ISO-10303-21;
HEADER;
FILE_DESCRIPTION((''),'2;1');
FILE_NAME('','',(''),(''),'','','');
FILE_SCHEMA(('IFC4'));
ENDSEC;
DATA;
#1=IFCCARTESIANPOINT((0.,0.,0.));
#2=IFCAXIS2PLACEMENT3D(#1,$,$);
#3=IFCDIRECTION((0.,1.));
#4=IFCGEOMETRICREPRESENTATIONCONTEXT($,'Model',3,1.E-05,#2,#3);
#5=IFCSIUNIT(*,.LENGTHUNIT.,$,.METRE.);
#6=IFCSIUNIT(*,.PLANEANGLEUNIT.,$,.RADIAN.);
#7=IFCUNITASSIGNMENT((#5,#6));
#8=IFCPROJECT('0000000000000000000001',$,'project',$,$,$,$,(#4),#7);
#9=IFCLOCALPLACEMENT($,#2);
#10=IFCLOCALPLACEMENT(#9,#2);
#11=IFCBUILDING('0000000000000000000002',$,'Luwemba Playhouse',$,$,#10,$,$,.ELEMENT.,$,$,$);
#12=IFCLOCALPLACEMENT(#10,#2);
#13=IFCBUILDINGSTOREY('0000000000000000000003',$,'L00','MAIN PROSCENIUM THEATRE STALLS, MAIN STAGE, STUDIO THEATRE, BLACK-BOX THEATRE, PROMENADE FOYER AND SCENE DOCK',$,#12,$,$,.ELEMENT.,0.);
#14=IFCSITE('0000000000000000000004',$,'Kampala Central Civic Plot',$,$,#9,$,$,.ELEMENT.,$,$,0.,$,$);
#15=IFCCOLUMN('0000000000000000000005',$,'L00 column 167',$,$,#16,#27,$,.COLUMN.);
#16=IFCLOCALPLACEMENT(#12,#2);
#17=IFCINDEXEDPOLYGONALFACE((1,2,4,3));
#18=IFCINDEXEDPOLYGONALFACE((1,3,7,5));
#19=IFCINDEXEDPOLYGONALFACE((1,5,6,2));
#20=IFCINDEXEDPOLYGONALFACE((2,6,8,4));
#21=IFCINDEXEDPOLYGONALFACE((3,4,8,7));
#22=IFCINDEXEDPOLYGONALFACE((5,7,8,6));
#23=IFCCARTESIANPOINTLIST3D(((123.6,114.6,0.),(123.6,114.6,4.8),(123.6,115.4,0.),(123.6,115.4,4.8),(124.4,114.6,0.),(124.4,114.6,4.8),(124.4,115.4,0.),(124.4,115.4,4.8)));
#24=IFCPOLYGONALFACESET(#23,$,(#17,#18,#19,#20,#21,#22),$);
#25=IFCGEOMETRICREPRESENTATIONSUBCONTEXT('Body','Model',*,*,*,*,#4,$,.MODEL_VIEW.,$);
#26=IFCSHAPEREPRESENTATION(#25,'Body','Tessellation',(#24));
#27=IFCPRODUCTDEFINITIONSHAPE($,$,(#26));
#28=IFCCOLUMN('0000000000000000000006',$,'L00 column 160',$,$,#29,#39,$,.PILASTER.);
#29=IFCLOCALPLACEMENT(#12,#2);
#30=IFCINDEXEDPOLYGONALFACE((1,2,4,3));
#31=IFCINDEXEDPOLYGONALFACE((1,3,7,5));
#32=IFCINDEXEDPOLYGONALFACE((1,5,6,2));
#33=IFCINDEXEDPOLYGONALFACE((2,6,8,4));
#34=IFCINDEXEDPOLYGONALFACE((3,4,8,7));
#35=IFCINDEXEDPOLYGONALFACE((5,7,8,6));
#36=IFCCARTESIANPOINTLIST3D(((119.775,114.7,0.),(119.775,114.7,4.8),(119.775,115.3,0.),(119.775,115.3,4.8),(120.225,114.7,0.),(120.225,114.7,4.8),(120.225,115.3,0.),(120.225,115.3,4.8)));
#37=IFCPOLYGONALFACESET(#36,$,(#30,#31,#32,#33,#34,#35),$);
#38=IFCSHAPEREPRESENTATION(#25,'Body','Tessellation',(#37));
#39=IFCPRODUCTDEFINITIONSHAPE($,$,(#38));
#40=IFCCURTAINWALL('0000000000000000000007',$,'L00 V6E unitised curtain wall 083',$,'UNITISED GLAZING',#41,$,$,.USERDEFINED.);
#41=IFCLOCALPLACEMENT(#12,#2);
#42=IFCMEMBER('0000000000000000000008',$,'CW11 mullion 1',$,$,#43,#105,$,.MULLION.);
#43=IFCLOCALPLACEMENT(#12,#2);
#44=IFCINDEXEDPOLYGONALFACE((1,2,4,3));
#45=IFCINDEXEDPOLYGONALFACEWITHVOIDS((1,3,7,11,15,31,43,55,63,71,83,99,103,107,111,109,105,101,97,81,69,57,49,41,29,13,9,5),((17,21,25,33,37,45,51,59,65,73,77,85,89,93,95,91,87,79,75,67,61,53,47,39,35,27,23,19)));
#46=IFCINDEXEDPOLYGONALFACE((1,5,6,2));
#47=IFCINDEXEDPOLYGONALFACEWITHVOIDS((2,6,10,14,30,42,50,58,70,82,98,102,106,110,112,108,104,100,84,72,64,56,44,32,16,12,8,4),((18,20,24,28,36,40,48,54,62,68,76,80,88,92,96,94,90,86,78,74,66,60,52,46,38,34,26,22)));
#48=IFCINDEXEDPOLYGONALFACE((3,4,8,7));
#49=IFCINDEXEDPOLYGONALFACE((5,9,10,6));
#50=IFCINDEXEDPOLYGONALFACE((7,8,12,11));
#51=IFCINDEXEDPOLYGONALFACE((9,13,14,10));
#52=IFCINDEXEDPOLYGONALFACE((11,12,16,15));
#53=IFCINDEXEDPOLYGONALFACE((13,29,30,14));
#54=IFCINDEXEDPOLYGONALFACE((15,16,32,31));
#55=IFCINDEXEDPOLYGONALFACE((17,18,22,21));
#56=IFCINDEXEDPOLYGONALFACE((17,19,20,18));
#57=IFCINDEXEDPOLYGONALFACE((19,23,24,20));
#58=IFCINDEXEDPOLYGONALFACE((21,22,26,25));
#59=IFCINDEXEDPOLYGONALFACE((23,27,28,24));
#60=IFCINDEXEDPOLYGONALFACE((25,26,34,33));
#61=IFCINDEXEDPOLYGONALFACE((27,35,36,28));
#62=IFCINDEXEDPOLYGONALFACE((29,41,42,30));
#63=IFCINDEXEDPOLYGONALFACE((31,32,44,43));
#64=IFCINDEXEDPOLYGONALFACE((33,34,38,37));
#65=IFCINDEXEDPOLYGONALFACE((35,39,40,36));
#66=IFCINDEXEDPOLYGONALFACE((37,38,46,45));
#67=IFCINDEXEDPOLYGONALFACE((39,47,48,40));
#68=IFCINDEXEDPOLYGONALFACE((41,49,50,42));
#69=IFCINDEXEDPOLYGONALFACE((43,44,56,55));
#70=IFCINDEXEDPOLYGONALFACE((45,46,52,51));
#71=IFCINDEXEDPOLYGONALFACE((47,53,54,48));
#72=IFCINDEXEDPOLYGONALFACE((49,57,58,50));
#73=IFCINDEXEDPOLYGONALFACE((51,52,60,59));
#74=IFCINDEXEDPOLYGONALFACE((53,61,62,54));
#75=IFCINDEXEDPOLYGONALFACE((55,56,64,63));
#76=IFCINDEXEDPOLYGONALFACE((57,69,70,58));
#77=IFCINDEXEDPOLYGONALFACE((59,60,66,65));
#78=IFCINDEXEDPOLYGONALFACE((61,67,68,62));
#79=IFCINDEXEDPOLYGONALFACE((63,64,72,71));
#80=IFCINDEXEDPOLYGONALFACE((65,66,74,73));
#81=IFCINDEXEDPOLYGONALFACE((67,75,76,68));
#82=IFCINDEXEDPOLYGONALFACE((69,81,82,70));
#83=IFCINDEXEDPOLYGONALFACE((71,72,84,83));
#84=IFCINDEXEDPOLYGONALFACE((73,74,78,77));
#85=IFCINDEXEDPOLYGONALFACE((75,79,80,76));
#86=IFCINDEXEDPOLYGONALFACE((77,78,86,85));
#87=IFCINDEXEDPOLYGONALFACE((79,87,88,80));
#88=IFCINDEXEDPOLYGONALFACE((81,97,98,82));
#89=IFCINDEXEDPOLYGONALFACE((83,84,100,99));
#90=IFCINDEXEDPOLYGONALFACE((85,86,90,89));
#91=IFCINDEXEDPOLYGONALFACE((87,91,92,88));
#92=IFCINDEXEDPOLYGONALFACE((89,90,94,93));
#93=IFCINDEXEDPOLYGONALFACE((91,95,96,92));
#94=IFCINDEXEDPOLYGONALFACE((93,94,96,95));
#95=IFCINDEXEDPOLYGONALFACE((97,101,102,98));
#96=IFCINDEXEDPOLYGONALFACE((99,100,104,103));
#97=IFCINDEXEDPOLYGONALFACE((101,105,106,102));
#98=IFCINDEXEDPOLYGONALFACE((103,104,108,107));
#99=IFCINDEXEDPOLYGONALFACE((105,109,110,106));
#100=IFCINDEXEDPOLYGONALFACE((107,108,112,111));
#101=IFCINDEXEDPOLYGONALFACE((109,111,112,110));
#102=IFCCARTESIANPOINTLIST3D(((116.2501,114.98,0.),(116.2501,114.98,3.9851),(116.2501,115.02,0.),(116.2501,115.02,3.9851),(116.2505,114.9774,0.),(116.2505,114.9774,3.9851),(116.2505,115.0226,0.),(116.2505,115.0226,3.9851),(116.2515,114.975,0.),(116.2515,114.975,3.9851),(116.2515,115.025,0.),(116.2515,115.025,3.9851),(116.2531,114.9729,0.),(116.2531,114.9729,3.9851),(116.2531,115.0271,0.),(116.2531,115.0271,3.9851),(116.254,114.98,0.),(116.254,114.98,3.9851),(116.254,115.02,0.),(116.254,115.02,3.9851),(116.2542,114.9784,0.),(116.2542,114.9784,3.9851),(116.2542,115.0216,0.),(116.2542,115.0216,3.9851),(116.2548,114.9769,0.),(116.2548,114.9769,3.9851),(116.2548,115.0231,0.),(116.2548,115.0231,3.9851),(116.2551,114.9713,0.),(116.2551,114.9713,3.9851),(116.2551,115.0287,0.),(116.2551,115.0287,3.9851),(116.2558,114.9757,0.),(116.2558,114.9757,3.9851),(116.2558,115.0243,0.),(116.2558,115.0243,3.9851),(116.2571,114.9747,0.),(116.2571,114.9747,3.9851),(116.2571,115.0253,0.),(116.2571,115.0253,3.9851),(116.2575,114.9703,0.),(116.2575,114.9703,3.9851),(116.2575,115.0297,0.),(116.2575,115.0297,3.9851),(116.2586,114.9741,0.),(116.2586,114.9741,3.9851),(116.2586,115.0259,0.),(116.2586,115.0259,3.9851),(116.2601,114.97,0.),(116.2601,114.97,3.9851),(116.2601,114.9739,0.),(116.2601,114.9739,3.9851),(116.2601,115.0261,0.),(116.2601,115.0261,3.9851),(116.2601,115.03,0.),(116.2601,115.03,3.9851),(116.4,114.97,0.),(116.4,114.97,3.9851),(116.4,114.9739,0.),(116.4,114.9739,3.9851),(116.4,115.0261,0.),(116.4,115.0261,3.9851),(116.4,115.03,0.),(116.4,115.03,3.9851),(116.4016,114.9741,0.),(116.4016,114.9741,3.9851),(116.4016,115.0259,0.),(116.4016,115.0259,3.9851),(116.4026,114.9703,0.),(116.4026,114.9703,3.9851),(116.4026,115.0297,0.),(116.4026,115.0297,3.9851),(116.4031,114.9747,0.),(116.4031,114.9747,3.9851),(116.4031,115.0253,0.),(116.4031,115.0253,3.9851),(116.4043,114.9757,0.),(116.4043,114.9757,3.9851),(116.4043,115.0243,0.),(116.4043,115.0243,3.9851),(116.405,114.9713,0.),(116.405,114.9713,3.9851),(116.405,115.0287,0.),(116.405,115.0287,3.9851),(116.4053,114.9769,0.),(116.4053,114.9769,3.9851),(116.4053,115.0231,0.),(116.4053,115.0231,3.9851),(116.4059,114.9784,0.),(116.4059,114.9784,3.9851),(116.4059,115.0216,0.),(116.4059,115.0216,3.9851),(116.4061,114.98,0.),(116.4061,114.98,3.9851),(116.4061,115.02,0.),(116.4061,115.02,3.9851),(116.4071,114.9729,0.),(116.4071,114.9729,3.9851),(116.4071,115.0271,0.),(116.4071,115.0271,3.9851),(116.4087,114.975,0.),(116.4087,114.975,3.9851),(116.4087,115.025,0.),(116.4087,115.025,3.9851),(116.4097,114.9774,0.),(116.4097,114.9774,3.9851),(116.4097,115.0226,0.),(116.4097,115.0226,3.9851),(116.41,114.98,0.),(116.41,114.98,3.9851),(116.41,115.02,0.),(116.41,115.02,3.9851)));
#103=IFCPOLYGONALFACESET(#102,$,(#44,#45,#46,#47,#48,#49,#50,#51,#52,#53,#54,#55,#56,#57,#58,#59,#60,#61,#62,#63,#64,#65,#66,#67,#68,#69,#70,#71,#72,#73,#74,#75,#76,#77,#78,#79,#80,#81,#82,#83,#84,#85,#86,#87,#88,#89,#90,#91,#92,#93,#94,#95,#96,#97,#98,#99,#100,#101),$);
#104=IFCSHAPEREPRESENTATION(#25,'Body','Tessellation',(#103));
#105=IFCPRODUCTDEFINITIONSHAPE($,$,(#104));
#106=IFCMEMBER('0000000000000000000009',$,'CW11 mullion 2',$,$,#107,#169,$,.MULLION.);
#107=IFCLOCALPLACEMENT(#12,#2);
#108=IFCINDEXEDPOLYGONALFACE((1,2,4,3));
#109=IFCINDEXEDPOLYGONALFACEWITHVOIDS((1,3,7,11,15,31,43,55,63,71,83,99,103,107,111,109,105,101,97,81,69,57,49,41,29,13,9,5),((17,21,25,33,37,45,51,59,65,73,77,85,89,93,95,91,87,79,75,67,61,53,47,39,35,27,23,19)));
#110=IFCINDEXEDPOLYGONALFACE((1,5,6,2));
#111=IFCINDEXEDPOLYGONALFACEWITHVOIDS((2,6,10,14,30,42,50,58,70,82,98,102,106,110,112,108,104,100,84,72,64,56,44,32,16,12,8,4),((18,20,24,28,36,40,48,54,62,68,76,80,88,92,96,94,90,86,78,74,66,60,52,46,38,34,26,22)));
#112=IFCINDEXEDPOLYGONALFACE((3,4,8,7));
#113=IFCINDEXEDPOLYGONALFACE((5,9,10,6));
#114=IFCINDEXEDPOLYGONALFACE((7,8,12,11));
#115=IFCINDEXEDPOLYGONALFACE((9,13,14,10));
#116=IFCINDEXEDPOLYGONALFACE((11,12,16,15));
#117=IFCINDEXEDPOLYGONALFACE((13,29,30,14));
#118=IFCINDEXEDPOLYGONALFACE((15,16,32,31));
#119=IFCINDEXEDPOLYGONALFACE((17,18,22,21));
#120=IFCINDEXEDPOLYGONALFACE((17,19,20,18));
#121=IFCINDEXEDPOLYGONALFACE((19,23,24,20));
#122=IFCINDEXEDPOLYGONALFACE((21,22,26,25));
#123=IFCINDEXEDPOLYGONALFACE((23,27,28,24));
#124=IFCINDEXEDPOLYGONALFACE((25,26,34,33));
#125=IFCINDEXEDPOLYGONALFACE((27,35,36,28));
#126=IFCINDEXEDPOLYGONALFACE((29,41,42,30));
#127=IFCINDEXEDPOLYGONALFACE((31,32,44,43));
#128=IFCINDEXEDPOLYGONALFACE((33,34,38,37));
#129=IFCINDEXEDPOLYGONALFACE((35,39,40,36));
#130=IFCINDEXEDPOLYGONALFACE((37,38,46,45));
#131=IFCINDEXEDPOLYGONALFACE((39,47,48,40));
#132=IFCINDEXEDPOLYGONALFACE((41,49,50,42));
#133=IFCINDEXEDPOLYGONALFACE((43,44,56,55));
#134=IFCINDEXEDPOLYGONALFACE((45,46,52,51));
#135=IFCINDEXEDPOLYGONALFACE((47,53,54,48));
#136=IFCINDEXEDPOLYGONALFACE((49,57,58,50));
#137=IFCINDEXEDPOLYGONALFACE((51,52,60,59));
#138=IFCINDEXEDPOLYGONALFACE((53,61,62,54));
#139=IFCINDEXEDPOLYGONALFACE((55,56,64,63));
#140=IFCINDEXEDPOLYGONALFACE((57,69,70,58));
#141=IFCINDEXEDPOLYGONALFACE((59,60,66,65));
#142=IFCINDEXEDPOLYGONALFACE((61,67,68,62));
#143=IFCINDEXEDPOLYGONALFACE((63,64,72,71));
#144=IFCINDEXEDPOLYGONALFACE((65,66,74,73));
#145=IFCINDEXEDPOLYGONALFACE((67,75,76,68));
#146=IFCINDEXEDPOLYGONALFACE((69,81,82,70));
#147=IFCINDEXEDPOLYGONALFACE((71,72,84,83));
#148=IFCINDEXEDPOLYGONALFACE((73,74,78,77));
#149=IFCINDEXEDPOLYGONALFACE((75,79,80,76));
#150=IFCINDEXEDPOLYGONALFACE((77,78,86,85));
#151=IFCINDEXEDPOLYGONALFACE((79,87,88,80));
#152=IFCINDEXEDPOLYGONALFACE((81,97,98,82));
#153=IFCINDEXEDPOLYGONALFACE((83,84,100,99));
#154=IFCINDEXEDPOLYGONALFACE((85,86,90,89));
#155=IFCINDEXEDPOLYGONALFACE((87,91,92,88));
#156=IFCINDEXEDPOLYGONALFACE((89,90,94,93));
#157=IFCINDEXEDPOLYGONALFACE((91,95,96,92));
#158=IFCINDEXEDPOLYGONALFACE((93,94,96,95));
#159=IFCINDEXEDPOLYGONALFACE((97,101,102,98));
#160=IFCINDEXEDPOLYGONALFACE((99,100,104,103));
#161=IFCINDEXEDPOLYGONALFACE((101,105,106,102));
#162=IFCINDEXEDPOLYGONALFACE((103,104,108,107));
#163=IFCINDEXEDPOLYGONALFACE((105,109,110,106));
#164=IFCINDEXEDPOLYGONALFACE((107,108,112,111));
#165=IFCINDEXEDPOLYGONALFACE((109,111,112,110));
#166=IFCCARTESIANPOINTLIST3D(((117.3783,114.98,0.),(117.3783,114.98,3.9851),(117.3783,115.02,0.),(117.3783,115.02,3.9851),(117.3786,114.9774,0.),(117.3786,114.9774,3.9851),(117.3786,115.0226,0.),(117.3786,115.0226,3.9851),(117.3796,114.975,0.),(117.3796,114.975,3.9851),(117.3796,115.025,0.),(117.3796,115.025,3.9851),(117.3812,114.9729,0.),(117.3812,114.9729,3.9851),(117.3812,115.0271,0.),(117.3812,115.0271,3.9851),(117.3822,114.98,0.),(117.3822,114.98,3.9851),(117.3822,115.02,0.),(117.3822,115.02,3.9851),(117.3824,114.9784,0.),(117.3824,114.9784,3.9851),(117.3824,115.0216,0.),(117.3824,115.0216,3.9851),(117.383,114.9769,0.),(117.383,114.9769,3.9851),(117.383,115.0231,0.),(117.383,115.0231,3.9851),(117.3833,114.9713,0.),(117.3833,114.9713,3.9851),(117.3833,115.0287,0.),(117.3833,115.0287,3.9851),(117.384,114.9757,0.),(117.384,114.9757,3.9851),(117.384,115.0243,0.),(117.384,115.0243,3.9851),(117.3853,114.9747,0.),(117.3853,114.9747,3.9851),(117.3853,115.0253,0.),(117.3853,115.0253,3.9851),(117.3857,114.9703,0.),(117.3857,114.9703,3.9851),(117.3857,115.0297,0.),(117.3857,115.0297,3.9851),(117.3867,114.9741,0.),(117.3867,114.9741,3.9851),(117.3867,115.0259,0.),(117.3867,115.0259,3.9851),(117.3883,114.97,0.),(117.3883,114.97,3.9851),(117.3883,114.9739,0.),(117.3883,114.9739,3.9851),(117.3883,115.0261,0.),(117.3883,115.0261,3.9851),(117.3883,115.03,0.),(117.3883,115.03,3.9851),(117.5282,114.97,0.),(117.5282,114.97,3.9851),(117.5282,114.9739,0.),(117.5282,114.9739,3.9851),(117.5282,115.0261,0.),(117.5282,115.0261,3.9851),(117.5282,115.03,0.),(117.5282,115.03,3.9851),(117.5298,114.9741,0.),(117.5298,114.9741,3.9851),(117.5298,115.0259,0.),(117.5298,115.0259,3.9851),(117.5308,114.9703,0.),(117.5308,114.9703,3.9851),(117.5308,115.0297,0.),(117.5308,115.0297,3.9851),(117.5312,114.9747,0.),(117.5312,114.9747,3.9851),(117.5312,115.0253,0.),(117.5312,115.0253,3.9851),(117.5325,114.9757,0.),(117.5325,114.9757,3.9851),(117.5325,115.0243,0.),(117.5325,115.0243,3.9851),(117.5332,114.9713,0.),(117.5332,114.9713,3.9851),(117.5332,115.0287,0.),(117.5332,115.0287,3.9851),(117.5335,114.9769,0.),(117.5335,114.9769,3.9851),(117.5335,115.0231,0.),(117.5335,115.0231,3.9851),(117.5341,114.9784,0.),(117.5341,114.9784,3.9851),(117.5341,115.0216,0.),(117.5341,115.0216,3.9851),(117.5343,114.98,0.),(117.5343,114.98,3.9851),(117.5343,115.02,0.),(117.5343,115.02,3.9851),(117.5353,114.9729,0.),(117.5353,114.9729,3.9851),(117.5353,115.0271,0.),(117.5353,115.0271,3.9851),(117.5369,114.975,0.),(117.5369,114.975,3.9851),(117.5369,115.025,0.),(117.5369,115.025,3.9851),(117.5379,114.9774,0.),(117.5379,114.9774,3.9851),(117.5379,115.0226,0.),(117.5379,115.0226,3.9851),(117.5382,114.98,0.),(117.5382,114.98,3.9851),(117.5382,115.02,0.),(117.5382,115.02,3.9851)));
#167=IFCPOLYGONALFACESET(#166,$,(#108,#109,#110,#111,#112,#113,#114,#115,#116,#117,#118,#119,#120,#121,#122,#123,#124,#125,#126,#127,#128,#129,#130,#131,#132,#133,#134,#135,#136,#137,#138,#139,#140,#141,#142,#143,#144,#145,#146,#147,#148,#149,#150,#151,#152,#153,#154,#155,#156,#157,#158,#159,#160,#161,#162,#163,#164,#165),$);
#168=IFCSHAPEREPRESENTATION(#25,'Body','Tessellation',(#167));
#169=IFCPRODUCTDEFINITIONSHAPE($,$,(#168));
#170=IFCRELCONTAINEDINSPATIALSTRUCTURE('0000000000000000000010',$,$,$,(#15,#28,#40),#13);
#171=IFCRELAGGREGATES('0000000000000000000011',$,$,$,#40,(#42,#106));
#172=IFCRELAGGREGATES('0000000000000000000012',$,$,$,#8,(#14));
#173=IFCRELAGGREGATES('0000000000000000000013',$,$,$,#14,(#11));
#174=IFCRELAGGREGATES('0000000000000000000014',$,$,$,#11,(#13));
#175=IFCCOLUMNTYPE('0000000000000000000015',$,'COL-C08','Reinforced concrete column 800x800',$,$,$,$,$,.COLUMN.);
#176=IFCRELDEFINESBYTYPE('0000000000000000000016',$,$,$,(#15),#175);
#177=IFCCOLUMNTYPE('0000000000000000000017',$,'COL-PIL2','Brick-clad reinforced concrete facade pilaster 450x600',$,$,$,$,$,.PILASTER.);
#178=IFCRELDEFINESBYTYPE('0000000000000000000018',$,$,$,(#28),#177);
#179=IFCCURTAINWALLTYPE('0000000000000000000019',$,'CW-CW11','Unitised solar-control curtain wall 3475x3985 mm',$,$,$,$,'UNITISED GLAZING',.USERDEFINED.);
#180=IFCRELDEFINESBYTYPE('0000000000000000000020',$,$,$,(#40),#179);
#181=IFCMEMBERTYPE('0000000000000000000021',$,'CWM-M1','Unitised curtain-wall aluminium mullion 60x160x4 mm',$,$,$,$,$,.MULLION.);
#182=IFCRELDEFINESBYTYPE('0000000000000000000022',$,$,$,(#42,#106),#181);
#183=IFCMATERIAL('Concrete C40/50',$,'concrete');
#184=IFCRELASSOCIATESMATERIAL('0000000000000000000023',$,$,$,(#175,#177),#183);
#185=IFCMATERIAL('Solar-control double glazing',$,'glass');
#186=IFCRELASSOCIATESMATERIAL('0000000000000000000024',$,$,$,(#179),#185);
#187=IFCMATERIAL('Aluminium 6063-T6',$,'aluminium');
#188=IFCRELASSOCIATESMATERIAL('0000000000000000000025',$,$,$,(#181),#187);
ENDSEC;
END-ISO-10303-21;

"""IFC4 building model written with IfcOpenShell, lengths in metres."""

from ifc_helpers import new_model, si_unit, direction, frame, origin, origin_2d, place, context, subcontext, project, spatial, rectangle, hollow_rectangle, extrude, material, material_profile, profile_set, type_object, element, aggregate, save


model = new_model("IFC4")

# Units and contexts
model_context = context("Model", 3, precision=1e-05, world=origin(), true_north=direction((0.0, 1.0)))
body_context = subcontext(model_context, "Body", "Model", "MODEL_VIEW")
ifc_project = project(units=[si_unit("LENGTHUNIT", "METRE"), si_unit("PLANEANGLEUNIT", "RADIAN")], contexts=[model_context])

# Site, building, storey
site_placement = place(None, origin())
site = spatial("IfcSite", under=ifc_project, at=site_placement, Name="Kampala Central Civic Plot", CompositionType="ELEMENT", RefElevation=0.0)
building_placement = place(site_placement, origin())
building = spatial("IfcBuilding", under=site, at=building_placement, Name="Luwemba Playhouse", CompositionType="ELEMENT")
storey_placement = place(building_placement, origin())
storey = spatial("IfcBuildingStorey", under=building, at=storey_placement, Name="L00", Description="MAIN PROSCENIUM THEATRE STALLS, MAIN STAGE, STUDIO THEATRE, BLACK-BOX THEATRE, PROMENADE FOYER AND SCENE DOCK", CompositionType="ELEMENT", Elevation=0.0)

# Columns
ifc_material_1 = material(Name="Concrete C40/50", Category="concrete")
ifc_material_profile_1 = material_profile(ifc_material_1, rectangle(XDim=0.8, YDim=0.8, at=origin_2d()))
ifc_profile_set_1 = profile_set([ifc_material_profile_1], Name="Concrete C40/50")
column_type_1 = type_object("IfcColumnType", Name="COL-C08", Description="Reinforced concrete column 800x800", PredefinedType="COLUMN", material=ifc_profile_set_1)
column_1_placement = place(storey_placement, frame((124.0, 115.0, 0.0), z_axis=(0.0, 0.0, 1.0), x_axis=(1.0, 0.0, 0.0)))
element("IfcColumn", 1, at=column_1_placement, inside=storey, type_object=column_type_1, Name="L00 column 167", PredefinedType="COLUMN", context=body_context, shape_type="SweptSolid", body=[
    extrude(rectangle(XDim=0.8, YDim=0.8, at=origin_2d()), origin(), (0.0, 0.0, 1.0), 4.8),
])
ifc_material_profile_2 = material_profile(ifc_material_1, rectangle(XDim=0.45, YDim=0.6001, at=origin_2d()))
ifc_profile_set_2 = profile_set([ifc_material_profile_2], Name="Concrete C40/50")
column_type_2 = type_object("IfcColumnType", Name="COL-PIL2", Description="Brick-clad reinforced concrete facade pilaster 450x600", PredefinedType="PILASTER", material=ifc_profile_set_2)
column_2_placement = place(storey_placement, frame((120.0, 115.0, 0.0), z_axis=(0.0, 0.0, 1.0), x_axis=(1.0, 0.0, 0.0)))
element("IfcColumn", 2, at=column_2_placement, inside=storey, type_object=column_type_2, Name="L00 column 160", PredefinedType="PILASTER", context=body_context, shape_type="SweptSolid", body=[
    extrude(rectangle(XDim=0.45, YDim=0.6001, at=origin_2d()), origin(), (0.0, 0.0, 1.0), 4.8),
])

# Curtain wall, members
ifc_material_2 = material(Name="Solar-control double glazing", Category="glass")
curtain_wall_type = type_object("IfcCurtainWallType", Name="CW-CW11", Description="Unitised solar-control curtain wall 3475x3985 mm", ElementType="UNITISED GLAZING", PredefinedType="USERDEFINED", material=ifc_material_2)
curtain_wall_placement = place(storey_placement, origin())
curtain_wall = element("IfcCurtainWall", 3, at=curtain_wall_placement, inside=storey, type_object=curtain_wall_type, Name="L00 V6E unitised curtain wall 083", ObjectType="UNITISED GLAZING", PredefinedType="USERDEFINED")
ifc_material_3 = material(Name="Aluminium 6063-T6", Category="aluminium")
ifc_material_profile_3 = material_profile(ifc_material_3, hollow_rectangle(XDim=0.0601, YDim=0.1599, WallThickness=0.0039, InnerFilletRadius=0.0061, OuterFilletRadius=0.01, at=origin_2d()))
ifc_profile_set_3 = profile_set([ifc_material_profile_3], Name="Aluminium 6063-T6")
member_type_1 = type_object("IfcMemberType", Name="CWM-M1", Description="Unitised curtain-wall aluminium mullion 60x160x4 mm", PredefinedType="MULLION", material=ifc_profile_set_3)
member_1_placement = place(storey_placement, frame((116.3301, 115.0, 0.0), z_axis=(0.0, 0.0, 1.0), x_axis=(0.0, 1.0, 0.0)))
member_1 = element("IfcMember", 4, at=member_1_placement, type_object=member_type_1, Name="CW11 mullion 1", PredefinedType="MULLION", context=body_context, shape_type="SweptSolid", body=[
    extrude(hollow_rectangle(XDim=0.0601, YDim=0.1599, WallThickness=0.0039, InnerFilletRadius=0.0061, OuterFilletRadius=0.01, at=origin_2d()), origin(), (0.0, 0.0, 1.0), 3.9851),
])
member_2_placement = place(storey_placement, frame((117.4583, 115.0, 0.0), z_axis=(0.0, 0.0, 1.0), x_axis=(0.0, 1.0, 0.0)))
member_2 = element("IfcMember", 5, at=member_2_placement, type_object=member_type_1, Name="CW11 mullion 2", PredefinedType="MULLION", context=body_context, shape_type="SweptSolid", body=[
    extrude(hollow_rectangle(XDim=0.0601, YDim=0.1599, WallThickness=0.0039, InnerFilletRadius=0.0061, OuterFilletRadius=0.01, at=origin_2d()), origin(), (0.0, 0.0, 1.0), 3.9851),
])
aggregate(curtain_wall, [member_1, member_2])

save(model, "model.ifc")
